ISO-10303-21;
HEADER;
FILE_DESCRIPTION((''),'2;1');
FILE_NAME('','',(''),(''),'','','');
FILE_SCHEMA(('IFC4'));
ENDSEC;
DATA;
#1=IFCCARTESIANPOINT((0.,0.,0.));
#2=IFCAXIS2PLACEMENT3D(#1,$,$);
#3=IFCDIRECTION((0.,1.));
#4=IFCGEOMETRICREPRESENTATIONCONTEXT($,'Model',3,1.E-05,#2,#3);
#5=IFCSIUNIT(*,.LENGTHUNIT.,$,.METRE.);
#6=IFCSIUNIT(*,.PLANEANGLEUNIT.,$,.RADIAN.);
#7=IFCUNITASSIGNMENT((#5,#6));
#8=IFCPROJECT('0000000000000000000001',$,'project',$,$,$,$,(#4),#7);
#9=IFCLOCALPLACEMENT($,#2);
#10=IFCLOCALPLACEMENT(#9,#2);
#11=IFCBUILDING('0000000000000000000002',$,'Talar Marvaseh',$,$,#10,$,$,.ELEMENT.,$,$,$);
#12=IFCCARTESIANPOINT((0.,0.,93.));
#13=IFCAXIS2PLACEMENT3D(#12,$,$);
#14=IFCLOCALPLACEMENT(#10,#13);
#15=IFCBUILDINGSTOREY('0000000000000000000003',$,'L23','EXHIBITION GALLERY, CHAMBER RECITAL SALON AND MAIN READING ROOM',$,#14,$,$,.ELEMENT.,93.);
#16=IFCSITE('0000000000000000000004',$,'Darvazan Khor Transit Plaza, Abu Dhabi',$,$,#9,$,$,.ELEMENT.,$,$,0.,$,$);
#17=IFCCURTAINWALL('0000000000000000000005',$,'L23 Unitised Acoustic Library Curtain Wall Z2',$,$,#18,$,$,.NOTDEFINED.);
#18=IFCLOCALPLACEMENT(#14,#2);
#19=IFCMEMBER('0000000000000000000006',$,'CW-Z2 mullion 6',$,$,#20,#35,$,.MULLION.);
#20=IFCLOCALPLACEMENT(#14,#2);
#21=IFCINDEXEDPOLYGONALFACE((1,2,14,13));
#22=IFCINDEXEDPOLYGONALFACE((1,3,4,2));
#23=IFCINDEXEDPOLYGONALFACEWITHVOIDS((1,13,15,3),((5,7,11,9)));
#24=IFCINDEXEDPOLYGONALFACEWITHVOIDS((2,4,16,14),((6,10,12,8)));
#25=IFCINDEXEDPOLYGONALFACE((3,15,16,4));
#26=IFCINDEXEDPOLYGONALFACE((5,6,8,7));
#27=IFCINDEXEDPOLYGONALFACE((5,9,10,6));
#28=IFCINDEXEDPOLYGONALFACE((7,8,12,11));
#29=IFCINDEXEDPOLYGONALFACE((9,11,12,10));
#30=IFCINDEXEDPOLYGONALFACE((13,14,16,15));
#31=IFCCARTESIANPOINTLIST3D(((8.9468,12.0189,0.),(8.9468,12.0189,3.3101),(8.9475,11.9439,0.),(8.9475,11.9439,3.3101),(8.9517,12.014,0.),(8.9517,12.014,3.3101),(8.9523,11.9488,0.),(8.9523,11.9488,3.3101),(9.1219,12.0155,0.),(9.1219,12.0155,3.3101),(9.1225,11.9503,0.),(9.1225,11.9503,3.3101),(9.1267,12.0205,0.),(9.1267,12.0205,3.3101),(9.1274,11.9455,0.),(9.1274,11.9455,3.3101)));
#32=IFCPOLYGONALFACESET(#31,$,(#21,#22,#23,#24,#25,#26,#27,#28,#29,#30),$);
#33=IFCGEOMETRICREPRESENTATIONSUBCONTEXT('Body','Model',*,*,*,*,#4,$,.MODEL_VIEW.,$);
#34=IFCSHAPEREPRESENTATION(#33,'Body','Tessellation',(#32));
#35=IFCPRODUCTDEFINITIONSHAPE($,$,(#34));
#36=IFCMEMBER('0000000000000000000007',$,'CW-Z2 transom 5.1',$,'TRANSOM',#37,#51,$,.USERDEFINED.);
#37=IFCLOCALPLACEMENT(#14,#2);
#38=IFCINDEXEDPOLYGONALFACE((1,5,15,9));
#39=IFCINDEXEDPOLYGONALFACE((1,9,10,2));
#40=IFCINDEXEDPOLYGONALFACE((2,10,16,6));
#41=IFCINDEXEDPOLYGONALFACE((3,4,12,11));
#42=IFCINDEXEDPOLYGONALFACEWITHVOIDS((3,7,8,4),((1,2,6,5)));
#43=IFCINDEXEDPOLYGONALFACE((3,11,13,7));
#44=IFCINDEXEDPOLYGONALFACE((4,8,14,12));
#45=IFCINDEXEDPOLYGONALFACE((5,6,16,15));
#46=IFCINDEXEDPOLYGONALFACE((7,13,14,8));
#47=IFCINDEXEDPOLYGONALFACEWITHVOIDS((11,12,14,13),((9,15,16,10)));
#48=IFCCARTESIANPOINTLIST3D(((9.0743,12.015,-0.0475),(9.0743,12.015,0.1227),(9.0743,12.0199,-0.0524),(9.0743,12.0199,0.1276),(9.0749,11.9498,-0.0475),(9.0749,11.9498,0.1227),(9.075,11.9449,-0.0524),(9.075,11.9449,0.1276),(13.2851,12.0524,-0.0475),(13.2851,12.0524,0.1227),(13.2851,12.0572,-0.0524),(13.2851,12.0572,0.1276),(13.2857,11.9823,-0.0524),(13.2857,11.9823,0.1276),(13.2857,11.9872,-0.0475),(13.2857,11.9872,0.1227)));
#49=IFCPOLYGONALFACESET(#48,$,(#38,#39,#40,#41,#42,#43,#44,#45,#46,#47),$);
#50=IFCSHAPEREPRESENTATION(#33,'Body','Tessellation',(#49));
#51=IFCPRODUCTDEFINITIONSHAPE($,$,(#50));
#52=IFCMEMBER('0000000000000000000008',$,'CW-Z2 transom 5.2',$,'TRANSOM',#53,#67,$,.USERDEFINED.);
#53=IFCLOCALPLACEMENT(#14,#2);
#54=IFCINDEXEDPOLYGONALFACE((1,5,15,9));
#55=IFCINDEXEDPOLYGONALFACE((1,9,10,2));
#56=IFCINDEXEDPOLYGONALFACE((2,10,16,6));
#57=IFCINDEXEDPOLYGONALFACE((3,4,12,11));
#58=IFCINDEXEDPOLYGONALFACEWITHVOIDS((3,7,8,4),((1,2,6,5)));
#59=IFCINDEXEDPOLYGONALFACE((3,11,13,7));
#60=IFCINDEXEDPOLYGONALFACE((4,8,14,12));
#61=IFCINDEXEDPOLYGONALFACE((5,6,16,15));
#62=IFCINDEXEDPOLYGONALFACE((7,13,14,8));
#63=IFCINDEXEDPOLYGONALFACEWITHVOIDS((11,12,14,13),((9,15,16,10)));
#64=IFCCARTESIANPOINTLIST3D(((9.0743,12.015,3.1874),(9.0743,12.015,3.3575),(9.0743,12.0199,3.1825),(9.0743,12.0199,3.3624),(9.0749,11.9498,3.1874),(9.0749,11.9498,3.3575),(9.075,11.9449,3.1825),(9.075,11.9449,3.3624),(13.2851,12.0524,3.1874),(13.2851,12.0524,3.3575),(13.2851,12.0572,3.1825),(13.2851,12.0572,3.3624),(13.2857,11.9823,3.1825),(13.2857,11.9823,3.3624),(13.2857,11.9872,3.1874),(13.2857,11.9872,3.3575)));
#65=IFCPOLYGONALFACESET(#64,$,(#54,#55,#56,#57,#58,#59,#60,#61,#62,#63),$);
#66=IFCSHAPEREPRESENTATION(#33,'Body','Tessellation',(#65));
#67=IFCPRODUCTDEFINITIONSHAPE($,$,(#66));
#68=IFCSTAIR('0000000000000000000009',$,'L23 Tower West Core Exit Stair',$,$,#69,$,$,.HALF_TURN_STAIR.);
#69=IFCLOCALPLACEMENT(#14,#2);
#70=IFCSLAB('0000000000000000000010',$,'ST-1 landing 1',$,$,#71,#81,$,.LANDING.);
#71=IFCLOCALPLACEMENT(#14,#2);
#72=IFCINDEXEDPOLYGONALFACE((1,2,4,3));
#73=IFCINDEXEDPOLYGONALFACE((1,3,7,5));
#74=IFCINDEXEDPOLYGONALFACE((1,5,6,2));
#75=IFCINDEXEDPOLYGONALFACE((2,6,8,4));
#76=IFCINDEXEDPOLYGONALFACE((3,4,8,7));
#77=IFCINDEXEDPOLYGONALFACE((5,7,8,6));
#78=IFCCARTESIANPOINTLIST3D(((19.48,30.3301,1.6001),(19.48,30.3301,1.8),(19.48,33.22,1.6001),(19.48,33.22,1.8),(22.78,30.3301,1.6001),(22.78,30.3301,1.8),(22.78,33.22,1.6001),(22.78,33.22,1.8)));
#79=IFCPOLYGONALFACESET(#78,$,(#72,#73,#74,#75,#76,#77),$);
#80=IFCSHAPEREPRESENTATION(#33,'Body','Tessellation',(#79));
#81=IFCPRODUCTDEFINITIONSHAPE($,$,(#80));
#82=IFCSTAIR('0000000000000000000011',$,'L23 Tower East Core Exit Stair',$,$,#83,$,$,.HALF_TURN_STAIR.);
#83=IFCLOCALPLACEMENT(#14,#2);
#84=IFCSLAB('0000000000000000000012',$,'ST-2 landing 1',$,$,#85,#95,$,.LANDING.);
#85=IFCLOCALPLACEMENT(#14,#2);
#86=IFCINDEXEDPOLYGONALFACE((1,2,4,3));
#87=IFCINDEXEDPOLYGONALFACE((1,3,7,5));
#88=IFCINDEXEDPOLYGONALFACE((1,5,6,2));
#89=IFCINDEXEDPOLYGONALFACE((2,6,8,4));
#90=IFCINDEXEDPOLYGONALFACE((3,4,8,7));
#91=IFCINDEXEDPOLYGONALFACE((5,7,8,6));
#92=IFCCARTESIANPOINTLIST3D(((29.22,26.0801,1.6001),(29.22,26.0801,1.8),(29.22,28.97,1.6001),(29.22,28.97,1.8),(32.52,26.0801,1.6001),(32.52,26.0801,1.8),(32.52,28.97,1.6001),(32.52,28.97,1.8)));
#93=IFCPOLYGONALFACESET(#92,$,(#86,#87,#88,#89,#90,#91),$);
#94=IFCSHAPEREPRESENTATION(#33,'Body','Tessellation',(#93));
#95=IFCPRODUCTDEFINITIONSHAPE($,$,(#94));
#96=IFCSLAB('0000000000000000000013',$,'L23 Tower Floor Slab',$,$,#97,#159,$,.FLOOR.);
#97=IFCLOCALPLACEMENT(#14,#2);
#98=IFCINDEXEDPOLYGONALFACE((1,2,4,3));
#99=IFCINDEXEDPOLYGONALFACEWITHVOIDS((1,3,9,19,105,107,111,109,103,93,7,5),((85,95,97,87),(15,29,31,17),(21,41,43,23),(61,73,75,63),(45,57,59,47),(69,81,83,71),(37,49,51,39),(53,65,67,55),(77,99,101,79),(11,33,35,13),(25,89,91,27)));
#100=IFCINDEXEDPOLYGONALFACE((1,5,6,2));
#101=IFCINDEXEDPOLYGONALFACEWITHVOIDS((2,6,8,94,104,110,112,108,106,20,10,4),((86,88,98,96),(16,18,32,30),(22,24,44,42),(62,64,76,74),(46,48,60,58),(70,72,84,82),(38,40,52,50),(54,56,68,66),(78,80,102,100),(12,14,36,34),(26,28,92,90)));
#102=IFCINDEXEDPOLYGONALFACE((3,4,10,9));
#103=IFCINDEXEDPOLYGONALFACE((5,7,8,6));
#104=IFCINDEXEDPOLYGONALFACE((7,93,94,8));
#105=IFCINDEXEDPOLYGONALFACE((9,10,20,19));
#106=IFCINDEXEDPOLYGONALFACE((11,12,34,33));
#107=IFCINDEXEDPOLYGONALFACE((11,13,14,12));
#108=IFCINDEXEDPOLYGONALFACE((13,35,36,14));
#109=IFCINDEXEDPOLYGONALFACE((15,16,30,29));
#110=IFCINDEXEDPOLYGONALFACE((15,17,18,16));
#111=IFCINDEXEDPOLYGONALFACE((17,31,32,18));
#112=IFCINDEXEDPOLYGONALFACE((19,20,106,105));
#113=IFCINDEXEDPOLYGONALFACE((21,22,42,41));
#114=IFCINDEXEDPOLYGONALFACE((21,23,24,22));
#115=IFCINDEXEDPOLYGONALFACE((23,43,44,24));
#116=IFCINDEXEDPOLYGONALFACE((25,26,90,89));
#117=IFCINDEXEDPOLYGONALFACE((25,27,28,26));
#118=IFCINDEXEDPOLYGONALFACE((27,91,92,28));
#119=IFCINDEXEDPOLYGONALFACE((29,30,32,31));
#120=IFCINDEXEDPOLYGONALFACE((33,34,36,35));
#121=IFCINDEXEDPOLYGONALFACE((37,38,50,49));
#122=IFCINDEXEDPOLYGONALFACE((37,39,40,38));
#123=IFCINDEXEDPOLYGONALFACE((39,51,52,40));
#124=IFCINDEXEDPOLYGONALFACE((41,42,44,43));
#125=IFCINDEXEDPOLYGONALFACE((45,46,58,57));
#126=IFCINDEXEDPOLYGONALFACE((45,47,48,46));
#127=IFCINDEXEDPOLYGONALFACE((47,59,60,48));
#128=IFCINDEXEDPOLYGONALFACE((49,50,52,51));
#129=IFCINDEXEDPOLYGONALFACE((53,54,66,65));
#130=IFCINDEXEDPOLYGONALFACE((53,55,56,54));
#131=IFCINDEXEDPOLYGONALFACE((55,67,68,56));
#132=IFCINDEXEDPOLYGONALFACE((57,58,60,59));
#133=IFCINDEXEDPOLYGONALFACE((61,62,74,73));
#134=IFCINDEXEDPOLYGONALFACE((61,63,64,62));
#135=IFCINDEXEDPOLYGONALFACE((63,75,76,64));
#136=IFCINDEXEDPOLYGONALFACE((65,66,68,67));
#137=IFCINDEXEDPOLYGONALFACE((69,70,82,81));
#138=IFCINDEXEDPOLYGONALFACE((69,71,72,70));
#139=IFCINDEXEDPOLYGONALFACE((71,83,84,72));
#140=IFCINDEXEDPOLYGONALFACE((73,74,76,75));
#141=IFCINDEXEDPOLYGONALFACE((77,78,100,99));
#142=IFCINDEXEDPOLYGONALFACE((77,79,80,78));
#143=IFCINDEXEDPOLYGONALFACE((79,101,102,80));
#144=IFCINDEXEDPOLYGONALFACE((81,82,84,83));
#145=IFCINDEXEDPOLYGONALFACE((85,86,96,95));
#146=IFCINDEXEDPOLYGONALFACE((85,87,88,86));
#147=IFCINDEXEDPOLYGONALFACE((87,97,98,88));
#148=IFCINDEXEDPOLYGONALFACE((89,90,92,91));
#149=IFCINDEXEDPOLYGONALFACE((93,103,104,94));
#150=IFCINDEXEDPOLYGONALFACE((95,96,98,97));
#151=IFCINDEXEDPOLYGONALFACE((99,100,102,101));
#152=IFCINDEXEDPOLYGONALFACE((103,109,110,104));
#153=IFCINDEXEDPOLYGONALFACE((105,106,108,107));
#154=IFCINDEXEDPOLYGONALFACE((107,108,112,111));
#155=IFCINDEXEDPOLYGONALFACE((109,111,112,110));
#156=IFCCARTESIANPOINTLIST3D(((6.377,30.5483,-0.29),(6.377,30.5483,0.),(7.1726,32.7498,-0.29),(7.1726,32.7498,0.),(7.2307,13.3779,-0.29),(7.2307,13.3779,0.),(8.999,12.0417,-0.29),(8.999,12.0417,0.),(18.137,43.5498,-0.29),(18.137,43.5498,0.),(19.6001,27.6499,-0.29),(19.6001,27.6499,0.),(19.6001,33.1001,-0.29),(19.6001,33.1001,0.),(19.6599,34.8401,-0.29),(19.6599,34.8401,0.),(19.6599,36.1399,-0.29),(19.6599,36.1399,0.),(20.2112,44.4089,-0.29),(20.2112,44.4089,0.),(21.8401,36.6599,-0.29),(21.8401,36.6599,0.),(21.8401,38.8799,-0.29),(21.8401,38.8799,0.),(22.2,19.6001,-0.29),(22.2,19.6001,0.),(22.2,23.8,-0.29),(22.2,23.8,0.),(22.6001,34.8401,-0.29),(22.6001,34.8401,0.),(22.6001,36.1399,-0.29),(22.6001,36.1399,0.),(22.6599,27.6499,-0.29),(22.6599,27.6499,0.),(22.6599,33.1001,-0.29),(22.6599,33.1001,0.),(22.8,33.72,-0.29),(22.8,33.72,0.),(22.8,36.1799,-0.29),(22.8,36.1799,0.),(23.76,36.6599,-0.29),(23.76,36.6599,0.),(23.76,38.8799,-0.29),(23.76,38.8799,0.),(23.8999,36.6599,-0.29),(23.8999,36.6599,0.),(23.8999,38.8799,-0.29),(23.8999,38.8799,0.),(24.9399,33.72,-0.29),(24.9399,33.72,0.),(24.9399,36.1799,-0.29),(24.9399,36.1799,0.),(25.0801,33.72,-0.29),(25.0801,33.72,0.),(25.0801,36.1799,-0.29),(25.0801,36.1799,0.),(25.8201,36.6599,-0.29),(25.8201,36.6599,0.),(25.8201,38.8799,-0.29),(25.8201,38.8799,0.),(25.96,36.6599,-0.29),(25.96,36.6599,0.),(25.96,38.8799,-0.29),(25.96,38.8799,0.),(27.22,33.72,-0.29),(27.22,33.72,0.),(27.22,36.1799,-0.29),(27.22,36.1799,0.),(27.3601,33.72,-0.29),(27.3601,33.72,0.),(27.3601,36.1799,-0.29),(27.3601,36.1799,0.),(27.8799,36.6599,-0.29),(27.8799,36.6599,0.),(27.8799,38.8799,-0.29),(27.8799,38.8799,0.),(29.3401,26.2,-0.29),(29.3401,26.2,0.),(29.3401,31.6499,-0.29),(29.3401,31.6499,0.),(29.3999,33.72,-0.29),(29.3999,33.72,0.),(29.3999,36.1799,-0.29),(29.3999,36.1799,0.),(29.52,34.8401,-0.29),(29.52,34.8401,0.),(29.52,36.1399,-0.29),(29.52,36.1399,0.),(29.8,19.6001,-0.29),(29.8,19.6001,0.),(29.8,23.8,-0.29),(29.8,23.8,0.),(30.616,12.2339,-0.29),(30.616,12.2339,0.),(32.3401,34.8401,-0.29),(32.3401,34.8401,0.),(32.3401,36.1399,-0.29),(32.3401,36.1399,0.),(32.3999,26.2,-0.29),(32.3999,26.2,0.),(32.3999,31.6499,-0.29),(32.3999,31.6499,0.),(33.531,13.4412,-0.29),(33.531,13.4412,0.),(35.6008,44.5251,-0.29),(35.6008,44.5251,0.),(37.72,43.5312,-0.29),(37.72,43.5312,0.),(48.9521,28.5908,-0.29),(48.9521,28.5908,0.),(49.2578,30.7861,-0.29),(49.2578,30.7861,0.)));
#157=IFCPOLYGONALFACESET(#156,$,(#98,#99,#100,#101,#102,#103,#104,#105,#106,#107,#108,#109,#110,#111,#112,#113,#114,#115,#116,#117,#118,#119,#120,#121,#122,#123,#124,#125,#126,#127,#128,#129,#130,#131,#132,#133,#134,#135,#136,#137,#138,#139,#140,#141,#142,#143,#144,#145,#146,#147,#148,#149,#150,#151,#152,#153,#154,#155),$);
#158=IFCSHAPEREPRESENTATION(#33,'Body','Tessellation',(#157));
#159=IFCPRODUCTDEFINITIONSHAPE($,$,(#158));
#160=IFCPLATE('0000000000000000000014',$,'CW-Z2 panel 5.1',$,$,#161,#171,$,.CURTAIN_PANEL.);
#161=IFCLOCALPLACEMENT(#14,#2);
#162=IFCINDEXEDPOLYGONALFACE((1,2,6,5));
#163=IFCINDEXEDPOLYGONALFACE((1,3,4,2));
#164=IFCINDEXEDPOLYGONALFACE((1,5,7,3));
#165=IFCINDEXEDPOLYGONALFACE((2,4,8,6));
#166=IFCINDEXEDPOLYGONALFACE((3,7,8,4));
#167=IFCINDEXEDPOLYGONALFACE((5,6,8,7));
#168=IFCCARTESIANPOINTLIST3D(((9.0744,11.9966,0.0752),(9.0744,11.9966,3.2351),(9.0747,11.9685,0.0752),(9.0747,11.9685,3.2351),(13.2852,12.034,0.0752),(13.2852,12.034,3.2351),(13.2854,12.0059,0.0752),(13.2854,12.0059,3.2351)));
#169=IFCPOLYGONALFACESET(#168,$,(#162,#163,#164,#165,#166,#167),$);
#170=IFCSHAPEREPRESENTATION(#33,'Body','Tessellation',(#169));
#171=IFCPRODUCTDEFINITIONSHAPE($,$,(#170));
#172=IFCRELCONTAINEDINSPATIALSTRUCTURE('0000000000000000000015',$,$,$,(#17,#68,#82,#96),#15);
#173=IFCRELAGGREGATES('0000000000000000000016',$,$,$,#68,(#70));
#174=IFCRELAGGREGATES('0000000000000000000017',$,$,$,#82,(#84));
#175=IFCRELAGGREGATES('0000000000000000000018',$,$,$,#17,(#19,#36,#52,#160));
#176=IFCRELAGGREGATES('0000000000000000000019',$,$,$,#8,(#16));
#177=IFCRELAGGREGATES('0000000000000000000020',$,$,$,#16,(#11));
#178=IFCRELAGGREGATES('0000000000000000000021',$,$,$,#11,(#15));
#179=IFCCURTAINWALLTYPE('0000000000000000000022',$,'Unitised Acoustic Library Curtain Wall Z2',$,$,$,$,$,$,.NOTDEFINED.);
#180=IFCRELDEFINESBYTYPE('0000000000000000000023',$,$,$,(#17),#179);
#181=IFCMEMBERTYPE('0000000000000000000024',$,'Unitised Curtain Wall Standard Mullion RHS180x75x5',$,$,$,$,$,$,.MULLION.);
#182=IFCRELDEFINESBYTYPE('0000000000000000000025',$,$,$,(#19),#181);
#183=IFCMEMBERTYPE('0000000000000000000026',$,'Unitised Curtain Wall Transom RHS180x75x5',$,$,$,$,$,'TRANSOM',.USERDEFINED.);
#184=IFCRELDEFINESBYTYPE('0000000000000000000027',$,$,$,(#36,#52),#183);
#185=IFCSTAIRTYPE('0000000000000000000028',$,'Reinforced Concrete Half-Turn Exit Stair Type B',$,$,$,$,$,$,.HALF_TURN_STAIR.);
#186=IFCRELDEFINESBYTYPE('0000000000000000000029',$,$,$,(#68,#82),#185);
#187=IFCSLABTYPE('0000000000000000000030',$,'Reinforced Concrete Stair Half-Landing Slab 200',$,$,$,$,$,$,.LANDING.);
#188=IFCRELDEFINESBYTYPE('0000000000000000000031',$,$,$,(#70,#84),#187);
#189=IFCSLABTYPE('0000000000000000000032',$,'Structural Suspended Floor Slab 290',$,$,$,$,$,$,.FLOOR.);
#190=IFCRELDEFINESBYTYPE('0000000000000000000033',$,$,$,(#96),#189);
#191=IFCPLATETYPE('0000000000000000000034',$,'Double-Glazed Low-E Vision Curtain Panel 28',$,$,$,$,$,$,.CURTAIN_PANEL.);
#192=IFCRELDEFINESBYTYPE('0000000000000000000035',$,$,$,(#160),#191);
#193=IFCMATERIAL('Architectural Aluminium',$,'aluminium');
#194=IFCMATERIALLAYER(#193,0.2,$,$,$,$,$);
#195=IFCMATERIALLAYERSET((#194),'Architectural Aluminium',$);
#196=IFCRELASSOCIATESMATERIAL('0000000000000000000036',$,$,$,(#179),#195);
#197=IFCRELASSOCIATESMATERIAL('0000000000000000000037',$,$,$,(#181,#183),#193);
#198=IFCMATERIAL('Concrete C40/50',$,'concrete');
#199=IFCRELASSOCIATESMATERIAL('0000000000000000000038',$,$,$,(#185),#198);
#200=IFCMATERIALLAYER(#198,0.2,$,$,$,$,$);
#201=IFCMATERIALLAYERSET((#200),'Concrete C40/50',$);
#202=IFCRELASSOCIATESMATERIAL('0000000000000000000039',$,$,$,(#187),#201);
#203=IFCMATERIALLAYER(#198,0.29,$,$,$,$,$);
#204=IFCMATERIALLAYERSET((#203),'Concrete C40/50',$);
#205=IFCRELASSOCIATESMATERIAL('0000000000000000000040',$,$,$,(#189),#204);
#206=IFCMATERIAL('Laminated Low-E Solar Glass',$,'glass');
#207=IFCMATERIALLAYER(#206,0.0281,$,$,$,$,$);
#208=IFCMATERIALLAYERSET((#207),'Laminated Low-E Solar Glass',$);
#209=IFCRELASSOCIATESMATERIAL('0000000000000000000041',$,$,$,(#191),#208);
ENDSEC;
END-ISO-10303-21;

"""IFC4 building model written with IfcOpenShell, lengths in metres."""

from ifc_helpers import new_model, si_unit, direction, frame, origin, origin_2d, place, context, subcontext, project, spatial, polyline, rectangle, hollow_rectangle, outline, extrude, source, transform, mapped, material, layer, layer_set, material_profile, profile_set, type_object, type_shapes, element, aggregate, save


model = new_model("IFC4")

# Units and contexts
model_context = context("Model", 3, precision=1e-05, world=origin(), true_north=direction((0.0, 1.0)))
body_context = subcontext(model_context, "Body", "Model", "MODEL_VIEW")
ifc_project = project(units=[si_unit("LENGTHUNIT", "METRE"), si_unit("PLANEANGLEUNIT", "RADIAN")], contexts=[model_context])

# Site, building, storey
site_placement = place(None, origin())
site = spatial("IfcSite", under=ifc_project, at=site_placement, Name="Darvazan Khor Transit Plaza, Abu Dhabi", CompositionType="ELEMENT", RefElevation=0.0)
building_placement = place(site_placement, origin())
building = spatial("IfcBuilding", under=site, at=building_placement, Name="Talar Marvaseh", CompositionType="ELEMENT")
storey_placement = place(building_placement, frame((0.0, 0.0, 93.0)))
storey = spatial("IfcBuildingStorey", under=building, at=storey_placement, Name="L23", Description="EXHIBITION GALLERY, CHAMBER RECITAL SALON AND MAIN READING ROOM", CompositionType="ELEMENT", Elevation=93.0)

# Curtain wall, members
ifc_material_1 = material(Name="Architectural Aluminium", Category="aluminium")
ifc_layer_1 = layer(ifc_material_1, 0.2)
ifc_layer_set_1 = layer_set([ifc_layer_1], Name="Architectural Aluminium")
curtain_wall_type = type_object("IfcCurtainWallType", Name="Unitised Acoustic Library Curtain Wall Z2", PredefinedType="NOTDEFINED", material=ifc_layer_set_1)
curtain_wall_placement = place(storey_placement, origin())
curtain_wall = element("IfcCurtainWall", 1, at=curtain_wall_placement, inside=storey, type_object=curtain_wall_type, Name="L23 Unitised Acoustic Library Curtain Wall Z2", PredefinedType="NOTDEFINED")
ifc_material_profile_1 = material_profile(ifc_material_1, hollow_rectangle(XDim=0.075, YDim=0.1799, WallThickness=0.0049, at=origin_2d()), Name="RHS180x75x5")
ifc_profile_set_1 = profile_set([ifc_material_profile_1], Name="Architectural Aluminium")
member_type_1 = type_object("IfcMemberType", Name="Unitised Curtain Wall Standard Mullion RHS180x75x5", PredefinedType="MULLION", material=ifc_profile_set_1)
shared_shape_1 = source(origin(), body_context, "Body", "SweptSolid", [
    extrude(hollow_rectangle(XDim=0.075, YDim=0.1799, WallThickness=0.0049, at=origin_2d()), origin(), (0.0, 0.0, 1.0), 3.3101),
])
type_shapes(member_type_1, [shared_shape_1])
member_1_placement = place(storey_placement, frame((9.0371, 11.9822, 0.0), z_axis=(0.0, 0.0, 1.0), x_axis=(0.008882, -0.999961, 0.0)))
member_1 = element("IfcMember", 2, at=member_1_placement, type_object=member_type_1, Name="CW-Z2 mullion 6", PredefinedType="MULLION", context=body_context, shape_type="MappedRepresentation", body=[
    mapped(shared_shape_1, transform((0.0, 0.0, 0.0), x_axis=(1.0, 0.0, 0.0), y_axis=(0.0, 1.0, 0.0), z_axis=(0.0, 0.0, 1.0), scale=1.0)),
])
ifc_material_profile_2 = material_profile(ifc_material_1, hollow_rectangle(XDim=0.075, YDim=0.1799, WallThickness=0.0049, at=origin_2d()), Name="RHS180x75x5")
ifc_profile_set_2 = profile_set([ifc_material_profile_2], Name="Architectural Aluminium")
member_type_2 = type_object("IfcMemberType", Name="Unitised Curtain Wall Transom RHS180x75x5", ElementType="TRANSOM", PredefinedType="USERDEFINED", material=ifc_profile_set_2)
shared_shape_2 = source(origin(), body_context, "Body", "SweptSolid", [
    extrude(hollow_rectangle(XDim=0.075, YDim=0.1799, WallThickness=0.0049, at=origin_2d()), origin(), (0.0, 0.0, 1.0), 4.2109),
])
type_shapes(member_type_2, [shared_shape_2])
member_2_placement = place(storey_placement, frame((13.2854, 12.0198, 0.0376), z_axis=(-0.999961, -0.008871, 0.0), x_axis=(0.008871, -0.999961, 0.0)))
member_2 = element("IfcMember", 3, at=member_2_placement, type_object=member_type_2, Name="CW-Z2 transom 5.1", ObjectType="TRANSOM", PredefinedType="USERDEFINED", context=body_context, shape_type="MappedRepresentation", body=[
    mapped(shared_shape_2, transform((0.0, 0.0, 0.0), x_axis=(1.0, 0.0, 0.0), y_axis=(0.0, 1.0, 0.0), z_axis=(0.0, 0.0, 1.0), scale=1.0)),
])
member_3_placement = place(storey_placement, frame((13.2854, 12.0198, 3.2725), z_axis=(-0.999961, -0.008871, 0.0), x_axis=(0.008871, -0.999961, 0.0)))
member_3 = element("IfcMember", 4, at=member_3_placement, type_object=member_type_2, Name="CW-Z2 transom 5.2", ObjectType="TRANSOM", PredefinedType="USERDEFINED", context=body_context, shape_type="MappedRepresentation", body=[
    mapped(shared_shape_2, transform((0.0, 0.0, 0.0), x_axis=(1.0, 0.0, 0.0), y_axis=(0.0, 1.0, 0.0), z_axis=(0.0, 0.0, 1.0), scale=1.0)),
])

# Stairs, slabs
ifc_material_2 = material(Name="Concrete C40/50", Category="concrete")
stair_type = type_object("IfcStairType", Name="Reinforced Concrete Half-Turn Exit Stair Type B", PredefinedType="HALF_TURN_STAIR", material=ifc_material_2)
stair_1_placement = place(storey_placement, origin())
stair_1 = element("IfcStair", 5, at=stair_1_placement, inside=storey, type_object=stair_type, Name="L23 Tower West Core Exit Stair", PredefinedType="HALF_TURN_STAIR")
ifc_layer_2 = layer(ifc_material_2, 0.2)
ifc_layer_set_2 = layer_set([ifc_layer_2], Name="Concrete C40/50")
slab_type_1 = type_object("IfcSlabType", Name="Reinforced Concrete Stair Half-Landing Slab 200", PredefinedType="LANDING", material=ifc_layer_set_2)
slab_1_placement = place(storey_placement, frame((0.0, 0.0, 1.6001)))
slab_1 = element("IfcSlab", 6, at=slab_1_placement, type_object=slab_type_1, Name="ST-1 landing 1", PredefinedType="LANDING", context=body_context, shape_type="SweptSolid", body=[
    extrude(outline(polyline([(22.78, 30.3301), (22.78, 33.22), (19.48, 33.22), (19.48, 30.3301), (22.78, 30.3301)])), origin(), (0.0, 0.0, 1.0), 0.2),
])
aggregate(stair_1, [slab_1])
stair_2_placement = place(storey_placement, origin())
stair_2 = element("IfcStair", 7, at=stair_2_placement, inside=storey, type_object=stair_type, Name="L23 Tower East Core Exit Stair", PredefinedType="HALF_TURN_STAIR")
slab_2_placement = place(storey_placement, frame((0.0, 0.0, 1.6001)))
slab_2 = element("IfcSlab", 8, at=slab_2_placement, type_object=slab_type_1, Name="ST-2 landing 1", PredefinedType="LANDING", context=body_context, shape_type="SweptSolid", body=[
    extrude(outline(polyline([(29.22, 28.97), (29.22, 26.0801), (32.52, 26.0801), (32.52, 28.97), (29.22, 28.97)])), origin(), (0.0, 0.0, 1.0), 0.2),
])
aggregate(stair_2, [slab_2])

# Slab
ifc_layer_3 = layer(ifc_material_2, 0.29)
ifc_layer_set_3 = layer_set([ifc_layer_3], Name="Concrete C40/50")
slab_type_2 = type_object("IfcSlabType", Name="Structural Suspended Floor Slab 290", PredefinedType="FLOOR", material=ifc_layer_set_3)
slab_3_placement = place(storey_placement, frame((0.0, 0.0, -0.29)))
element("IfcSlab", 9, at=slab_3_placement, inside=storey, type_object=slab_type_2, Name="L23 Tower Floor Slab", PredefinedType="FLOOR", context=body_context, shape_type="SweptSolid", body=[
    extrude(outline(polyline([(8.999, 12.0417), (7.2307, 13.3779), (6.377, 30.5483), (7.1726, 32.7498), (18.137, 43.5498), (20.2112, 44.4089), (35.6008, 44.5251), (37.72, 43.5312), (49.2578, 30.7861), (48.9521, 28.5908), (33.531, 13.4412), (30.616, 12.2339), (8.999, 12.0417)]), holes=[polyline([(22.6599, 27.6499), (22.6599, 33.1001), (19.6001, 33.1001), (19.6001, 27.6499), (22.6599, 27.6499)]), polyline([(29.3401, 31.6499), (29.3401, 26.2), (32.3999, 26.2), (32.3999, 31.6499), (29.3401, 31.6499)]), polyline([(22.8, 33.72), (24.9399, 33.72), (24.9399, 36.1799), (22.8, 36.1799), (22.8, 33.72)]), polyline([(25.0801, 33.72), (27.22, 33.72), (27.22, 36.1799), (25.0801, 36.1799), (25.0801, 33.72)]), polyline([(27.3601, 33.72), (29.3999, 33.72), (29.3999, 36.1799), (27.3601, 36.1799), (27.3601, 33.72)]), polyline([(21.8401, 36.6599), (23.76, 36.6599), (23.76, 38.8799), (21.8401, 38.8799), (21.8401, 36.6599)]), polyline([(23.8999, 36.6599), (25.8201, 36.6599), (25.8201, 38.8799), (23.8999, 38.8799), (23.8999, 36.6599)]), polyline([(25.96, 36.6599), (27.8799, 36.6599), (27.8799, 38.8799), (25.96, 38.8799), (25.96, 36.6599)]), polyline([(19.6599, 34.8401), (22.6001, 34.8401), (22.6001, 36.1399), (19.6599, 36.1399), (19.6599, 34.8401)]), polyline([(29.52, 34.8401), (32.3401, 34.8401), (32.3401, 36.1399), (29.52, 36.1399), (29.52, 34.8401)]), polyline([(22.2, 19.6001), (29.8, 19.6001), (29.8, 23.8), (22.2, 23.8), (22.2, 19.6001)])]), origin(), (0.0, 0.0, 1.0), 0.29),
])

# Plate
ifc_material_3 = material(Name="Laminated Low-E Solar Glass", Category="glass")
ifc_layer_4 = layer(ifc_material_3, 0.0281)
ifc_layer_set_4 = layer_set([ifc_layer_4], Name="Laminated Low-E Solar Glass")
plate_type = type_object("IfcPlateType", Name="Double-Glazed Low-E Vision Curtain Panel 28", PredefinedType="CURTAIN_PANEL", material=ifc_layer_set_4)
shared_shape_3 = source(origin(), body_context, "Body", "SweptSolid", [
    extrude(rectangle(XDim=4.2109, YDim=0.0281, at=origin_2d()), origin(), (0.0, 0.0, 1.0), 3.1599),
])
type_shapes(plate_type, [shared_shape_3])
plate_placement = place(storey_placement, frame((11.1799, 12.0012, 0.0752), z_axis=(0.0, 0.0, 1.0), x_axis=(-0.999961, -0.008882, 0.0)))
plate = element("IfcPlate", 10, at=plate_placement, type_object=plate_type, Name="CW-Z2 panel 5.1", PredefinedType="CURTAIN_PANEL", context=body_context, shape_type="MappedRepresentation", body=[
    mapped(shared_shape_3, transform((0.0, 0.0, 0.0), x_axis=(1.0, 0.0, 0.0), y_axis=(0.0, 1.0, 0.0), z_axis=(0.0, 0.0, 1.0), scale=1.0)),
])
aggregate(curtain_wall, [member_1, member_2, member_3, plate])

save(model, "model.ifc")
